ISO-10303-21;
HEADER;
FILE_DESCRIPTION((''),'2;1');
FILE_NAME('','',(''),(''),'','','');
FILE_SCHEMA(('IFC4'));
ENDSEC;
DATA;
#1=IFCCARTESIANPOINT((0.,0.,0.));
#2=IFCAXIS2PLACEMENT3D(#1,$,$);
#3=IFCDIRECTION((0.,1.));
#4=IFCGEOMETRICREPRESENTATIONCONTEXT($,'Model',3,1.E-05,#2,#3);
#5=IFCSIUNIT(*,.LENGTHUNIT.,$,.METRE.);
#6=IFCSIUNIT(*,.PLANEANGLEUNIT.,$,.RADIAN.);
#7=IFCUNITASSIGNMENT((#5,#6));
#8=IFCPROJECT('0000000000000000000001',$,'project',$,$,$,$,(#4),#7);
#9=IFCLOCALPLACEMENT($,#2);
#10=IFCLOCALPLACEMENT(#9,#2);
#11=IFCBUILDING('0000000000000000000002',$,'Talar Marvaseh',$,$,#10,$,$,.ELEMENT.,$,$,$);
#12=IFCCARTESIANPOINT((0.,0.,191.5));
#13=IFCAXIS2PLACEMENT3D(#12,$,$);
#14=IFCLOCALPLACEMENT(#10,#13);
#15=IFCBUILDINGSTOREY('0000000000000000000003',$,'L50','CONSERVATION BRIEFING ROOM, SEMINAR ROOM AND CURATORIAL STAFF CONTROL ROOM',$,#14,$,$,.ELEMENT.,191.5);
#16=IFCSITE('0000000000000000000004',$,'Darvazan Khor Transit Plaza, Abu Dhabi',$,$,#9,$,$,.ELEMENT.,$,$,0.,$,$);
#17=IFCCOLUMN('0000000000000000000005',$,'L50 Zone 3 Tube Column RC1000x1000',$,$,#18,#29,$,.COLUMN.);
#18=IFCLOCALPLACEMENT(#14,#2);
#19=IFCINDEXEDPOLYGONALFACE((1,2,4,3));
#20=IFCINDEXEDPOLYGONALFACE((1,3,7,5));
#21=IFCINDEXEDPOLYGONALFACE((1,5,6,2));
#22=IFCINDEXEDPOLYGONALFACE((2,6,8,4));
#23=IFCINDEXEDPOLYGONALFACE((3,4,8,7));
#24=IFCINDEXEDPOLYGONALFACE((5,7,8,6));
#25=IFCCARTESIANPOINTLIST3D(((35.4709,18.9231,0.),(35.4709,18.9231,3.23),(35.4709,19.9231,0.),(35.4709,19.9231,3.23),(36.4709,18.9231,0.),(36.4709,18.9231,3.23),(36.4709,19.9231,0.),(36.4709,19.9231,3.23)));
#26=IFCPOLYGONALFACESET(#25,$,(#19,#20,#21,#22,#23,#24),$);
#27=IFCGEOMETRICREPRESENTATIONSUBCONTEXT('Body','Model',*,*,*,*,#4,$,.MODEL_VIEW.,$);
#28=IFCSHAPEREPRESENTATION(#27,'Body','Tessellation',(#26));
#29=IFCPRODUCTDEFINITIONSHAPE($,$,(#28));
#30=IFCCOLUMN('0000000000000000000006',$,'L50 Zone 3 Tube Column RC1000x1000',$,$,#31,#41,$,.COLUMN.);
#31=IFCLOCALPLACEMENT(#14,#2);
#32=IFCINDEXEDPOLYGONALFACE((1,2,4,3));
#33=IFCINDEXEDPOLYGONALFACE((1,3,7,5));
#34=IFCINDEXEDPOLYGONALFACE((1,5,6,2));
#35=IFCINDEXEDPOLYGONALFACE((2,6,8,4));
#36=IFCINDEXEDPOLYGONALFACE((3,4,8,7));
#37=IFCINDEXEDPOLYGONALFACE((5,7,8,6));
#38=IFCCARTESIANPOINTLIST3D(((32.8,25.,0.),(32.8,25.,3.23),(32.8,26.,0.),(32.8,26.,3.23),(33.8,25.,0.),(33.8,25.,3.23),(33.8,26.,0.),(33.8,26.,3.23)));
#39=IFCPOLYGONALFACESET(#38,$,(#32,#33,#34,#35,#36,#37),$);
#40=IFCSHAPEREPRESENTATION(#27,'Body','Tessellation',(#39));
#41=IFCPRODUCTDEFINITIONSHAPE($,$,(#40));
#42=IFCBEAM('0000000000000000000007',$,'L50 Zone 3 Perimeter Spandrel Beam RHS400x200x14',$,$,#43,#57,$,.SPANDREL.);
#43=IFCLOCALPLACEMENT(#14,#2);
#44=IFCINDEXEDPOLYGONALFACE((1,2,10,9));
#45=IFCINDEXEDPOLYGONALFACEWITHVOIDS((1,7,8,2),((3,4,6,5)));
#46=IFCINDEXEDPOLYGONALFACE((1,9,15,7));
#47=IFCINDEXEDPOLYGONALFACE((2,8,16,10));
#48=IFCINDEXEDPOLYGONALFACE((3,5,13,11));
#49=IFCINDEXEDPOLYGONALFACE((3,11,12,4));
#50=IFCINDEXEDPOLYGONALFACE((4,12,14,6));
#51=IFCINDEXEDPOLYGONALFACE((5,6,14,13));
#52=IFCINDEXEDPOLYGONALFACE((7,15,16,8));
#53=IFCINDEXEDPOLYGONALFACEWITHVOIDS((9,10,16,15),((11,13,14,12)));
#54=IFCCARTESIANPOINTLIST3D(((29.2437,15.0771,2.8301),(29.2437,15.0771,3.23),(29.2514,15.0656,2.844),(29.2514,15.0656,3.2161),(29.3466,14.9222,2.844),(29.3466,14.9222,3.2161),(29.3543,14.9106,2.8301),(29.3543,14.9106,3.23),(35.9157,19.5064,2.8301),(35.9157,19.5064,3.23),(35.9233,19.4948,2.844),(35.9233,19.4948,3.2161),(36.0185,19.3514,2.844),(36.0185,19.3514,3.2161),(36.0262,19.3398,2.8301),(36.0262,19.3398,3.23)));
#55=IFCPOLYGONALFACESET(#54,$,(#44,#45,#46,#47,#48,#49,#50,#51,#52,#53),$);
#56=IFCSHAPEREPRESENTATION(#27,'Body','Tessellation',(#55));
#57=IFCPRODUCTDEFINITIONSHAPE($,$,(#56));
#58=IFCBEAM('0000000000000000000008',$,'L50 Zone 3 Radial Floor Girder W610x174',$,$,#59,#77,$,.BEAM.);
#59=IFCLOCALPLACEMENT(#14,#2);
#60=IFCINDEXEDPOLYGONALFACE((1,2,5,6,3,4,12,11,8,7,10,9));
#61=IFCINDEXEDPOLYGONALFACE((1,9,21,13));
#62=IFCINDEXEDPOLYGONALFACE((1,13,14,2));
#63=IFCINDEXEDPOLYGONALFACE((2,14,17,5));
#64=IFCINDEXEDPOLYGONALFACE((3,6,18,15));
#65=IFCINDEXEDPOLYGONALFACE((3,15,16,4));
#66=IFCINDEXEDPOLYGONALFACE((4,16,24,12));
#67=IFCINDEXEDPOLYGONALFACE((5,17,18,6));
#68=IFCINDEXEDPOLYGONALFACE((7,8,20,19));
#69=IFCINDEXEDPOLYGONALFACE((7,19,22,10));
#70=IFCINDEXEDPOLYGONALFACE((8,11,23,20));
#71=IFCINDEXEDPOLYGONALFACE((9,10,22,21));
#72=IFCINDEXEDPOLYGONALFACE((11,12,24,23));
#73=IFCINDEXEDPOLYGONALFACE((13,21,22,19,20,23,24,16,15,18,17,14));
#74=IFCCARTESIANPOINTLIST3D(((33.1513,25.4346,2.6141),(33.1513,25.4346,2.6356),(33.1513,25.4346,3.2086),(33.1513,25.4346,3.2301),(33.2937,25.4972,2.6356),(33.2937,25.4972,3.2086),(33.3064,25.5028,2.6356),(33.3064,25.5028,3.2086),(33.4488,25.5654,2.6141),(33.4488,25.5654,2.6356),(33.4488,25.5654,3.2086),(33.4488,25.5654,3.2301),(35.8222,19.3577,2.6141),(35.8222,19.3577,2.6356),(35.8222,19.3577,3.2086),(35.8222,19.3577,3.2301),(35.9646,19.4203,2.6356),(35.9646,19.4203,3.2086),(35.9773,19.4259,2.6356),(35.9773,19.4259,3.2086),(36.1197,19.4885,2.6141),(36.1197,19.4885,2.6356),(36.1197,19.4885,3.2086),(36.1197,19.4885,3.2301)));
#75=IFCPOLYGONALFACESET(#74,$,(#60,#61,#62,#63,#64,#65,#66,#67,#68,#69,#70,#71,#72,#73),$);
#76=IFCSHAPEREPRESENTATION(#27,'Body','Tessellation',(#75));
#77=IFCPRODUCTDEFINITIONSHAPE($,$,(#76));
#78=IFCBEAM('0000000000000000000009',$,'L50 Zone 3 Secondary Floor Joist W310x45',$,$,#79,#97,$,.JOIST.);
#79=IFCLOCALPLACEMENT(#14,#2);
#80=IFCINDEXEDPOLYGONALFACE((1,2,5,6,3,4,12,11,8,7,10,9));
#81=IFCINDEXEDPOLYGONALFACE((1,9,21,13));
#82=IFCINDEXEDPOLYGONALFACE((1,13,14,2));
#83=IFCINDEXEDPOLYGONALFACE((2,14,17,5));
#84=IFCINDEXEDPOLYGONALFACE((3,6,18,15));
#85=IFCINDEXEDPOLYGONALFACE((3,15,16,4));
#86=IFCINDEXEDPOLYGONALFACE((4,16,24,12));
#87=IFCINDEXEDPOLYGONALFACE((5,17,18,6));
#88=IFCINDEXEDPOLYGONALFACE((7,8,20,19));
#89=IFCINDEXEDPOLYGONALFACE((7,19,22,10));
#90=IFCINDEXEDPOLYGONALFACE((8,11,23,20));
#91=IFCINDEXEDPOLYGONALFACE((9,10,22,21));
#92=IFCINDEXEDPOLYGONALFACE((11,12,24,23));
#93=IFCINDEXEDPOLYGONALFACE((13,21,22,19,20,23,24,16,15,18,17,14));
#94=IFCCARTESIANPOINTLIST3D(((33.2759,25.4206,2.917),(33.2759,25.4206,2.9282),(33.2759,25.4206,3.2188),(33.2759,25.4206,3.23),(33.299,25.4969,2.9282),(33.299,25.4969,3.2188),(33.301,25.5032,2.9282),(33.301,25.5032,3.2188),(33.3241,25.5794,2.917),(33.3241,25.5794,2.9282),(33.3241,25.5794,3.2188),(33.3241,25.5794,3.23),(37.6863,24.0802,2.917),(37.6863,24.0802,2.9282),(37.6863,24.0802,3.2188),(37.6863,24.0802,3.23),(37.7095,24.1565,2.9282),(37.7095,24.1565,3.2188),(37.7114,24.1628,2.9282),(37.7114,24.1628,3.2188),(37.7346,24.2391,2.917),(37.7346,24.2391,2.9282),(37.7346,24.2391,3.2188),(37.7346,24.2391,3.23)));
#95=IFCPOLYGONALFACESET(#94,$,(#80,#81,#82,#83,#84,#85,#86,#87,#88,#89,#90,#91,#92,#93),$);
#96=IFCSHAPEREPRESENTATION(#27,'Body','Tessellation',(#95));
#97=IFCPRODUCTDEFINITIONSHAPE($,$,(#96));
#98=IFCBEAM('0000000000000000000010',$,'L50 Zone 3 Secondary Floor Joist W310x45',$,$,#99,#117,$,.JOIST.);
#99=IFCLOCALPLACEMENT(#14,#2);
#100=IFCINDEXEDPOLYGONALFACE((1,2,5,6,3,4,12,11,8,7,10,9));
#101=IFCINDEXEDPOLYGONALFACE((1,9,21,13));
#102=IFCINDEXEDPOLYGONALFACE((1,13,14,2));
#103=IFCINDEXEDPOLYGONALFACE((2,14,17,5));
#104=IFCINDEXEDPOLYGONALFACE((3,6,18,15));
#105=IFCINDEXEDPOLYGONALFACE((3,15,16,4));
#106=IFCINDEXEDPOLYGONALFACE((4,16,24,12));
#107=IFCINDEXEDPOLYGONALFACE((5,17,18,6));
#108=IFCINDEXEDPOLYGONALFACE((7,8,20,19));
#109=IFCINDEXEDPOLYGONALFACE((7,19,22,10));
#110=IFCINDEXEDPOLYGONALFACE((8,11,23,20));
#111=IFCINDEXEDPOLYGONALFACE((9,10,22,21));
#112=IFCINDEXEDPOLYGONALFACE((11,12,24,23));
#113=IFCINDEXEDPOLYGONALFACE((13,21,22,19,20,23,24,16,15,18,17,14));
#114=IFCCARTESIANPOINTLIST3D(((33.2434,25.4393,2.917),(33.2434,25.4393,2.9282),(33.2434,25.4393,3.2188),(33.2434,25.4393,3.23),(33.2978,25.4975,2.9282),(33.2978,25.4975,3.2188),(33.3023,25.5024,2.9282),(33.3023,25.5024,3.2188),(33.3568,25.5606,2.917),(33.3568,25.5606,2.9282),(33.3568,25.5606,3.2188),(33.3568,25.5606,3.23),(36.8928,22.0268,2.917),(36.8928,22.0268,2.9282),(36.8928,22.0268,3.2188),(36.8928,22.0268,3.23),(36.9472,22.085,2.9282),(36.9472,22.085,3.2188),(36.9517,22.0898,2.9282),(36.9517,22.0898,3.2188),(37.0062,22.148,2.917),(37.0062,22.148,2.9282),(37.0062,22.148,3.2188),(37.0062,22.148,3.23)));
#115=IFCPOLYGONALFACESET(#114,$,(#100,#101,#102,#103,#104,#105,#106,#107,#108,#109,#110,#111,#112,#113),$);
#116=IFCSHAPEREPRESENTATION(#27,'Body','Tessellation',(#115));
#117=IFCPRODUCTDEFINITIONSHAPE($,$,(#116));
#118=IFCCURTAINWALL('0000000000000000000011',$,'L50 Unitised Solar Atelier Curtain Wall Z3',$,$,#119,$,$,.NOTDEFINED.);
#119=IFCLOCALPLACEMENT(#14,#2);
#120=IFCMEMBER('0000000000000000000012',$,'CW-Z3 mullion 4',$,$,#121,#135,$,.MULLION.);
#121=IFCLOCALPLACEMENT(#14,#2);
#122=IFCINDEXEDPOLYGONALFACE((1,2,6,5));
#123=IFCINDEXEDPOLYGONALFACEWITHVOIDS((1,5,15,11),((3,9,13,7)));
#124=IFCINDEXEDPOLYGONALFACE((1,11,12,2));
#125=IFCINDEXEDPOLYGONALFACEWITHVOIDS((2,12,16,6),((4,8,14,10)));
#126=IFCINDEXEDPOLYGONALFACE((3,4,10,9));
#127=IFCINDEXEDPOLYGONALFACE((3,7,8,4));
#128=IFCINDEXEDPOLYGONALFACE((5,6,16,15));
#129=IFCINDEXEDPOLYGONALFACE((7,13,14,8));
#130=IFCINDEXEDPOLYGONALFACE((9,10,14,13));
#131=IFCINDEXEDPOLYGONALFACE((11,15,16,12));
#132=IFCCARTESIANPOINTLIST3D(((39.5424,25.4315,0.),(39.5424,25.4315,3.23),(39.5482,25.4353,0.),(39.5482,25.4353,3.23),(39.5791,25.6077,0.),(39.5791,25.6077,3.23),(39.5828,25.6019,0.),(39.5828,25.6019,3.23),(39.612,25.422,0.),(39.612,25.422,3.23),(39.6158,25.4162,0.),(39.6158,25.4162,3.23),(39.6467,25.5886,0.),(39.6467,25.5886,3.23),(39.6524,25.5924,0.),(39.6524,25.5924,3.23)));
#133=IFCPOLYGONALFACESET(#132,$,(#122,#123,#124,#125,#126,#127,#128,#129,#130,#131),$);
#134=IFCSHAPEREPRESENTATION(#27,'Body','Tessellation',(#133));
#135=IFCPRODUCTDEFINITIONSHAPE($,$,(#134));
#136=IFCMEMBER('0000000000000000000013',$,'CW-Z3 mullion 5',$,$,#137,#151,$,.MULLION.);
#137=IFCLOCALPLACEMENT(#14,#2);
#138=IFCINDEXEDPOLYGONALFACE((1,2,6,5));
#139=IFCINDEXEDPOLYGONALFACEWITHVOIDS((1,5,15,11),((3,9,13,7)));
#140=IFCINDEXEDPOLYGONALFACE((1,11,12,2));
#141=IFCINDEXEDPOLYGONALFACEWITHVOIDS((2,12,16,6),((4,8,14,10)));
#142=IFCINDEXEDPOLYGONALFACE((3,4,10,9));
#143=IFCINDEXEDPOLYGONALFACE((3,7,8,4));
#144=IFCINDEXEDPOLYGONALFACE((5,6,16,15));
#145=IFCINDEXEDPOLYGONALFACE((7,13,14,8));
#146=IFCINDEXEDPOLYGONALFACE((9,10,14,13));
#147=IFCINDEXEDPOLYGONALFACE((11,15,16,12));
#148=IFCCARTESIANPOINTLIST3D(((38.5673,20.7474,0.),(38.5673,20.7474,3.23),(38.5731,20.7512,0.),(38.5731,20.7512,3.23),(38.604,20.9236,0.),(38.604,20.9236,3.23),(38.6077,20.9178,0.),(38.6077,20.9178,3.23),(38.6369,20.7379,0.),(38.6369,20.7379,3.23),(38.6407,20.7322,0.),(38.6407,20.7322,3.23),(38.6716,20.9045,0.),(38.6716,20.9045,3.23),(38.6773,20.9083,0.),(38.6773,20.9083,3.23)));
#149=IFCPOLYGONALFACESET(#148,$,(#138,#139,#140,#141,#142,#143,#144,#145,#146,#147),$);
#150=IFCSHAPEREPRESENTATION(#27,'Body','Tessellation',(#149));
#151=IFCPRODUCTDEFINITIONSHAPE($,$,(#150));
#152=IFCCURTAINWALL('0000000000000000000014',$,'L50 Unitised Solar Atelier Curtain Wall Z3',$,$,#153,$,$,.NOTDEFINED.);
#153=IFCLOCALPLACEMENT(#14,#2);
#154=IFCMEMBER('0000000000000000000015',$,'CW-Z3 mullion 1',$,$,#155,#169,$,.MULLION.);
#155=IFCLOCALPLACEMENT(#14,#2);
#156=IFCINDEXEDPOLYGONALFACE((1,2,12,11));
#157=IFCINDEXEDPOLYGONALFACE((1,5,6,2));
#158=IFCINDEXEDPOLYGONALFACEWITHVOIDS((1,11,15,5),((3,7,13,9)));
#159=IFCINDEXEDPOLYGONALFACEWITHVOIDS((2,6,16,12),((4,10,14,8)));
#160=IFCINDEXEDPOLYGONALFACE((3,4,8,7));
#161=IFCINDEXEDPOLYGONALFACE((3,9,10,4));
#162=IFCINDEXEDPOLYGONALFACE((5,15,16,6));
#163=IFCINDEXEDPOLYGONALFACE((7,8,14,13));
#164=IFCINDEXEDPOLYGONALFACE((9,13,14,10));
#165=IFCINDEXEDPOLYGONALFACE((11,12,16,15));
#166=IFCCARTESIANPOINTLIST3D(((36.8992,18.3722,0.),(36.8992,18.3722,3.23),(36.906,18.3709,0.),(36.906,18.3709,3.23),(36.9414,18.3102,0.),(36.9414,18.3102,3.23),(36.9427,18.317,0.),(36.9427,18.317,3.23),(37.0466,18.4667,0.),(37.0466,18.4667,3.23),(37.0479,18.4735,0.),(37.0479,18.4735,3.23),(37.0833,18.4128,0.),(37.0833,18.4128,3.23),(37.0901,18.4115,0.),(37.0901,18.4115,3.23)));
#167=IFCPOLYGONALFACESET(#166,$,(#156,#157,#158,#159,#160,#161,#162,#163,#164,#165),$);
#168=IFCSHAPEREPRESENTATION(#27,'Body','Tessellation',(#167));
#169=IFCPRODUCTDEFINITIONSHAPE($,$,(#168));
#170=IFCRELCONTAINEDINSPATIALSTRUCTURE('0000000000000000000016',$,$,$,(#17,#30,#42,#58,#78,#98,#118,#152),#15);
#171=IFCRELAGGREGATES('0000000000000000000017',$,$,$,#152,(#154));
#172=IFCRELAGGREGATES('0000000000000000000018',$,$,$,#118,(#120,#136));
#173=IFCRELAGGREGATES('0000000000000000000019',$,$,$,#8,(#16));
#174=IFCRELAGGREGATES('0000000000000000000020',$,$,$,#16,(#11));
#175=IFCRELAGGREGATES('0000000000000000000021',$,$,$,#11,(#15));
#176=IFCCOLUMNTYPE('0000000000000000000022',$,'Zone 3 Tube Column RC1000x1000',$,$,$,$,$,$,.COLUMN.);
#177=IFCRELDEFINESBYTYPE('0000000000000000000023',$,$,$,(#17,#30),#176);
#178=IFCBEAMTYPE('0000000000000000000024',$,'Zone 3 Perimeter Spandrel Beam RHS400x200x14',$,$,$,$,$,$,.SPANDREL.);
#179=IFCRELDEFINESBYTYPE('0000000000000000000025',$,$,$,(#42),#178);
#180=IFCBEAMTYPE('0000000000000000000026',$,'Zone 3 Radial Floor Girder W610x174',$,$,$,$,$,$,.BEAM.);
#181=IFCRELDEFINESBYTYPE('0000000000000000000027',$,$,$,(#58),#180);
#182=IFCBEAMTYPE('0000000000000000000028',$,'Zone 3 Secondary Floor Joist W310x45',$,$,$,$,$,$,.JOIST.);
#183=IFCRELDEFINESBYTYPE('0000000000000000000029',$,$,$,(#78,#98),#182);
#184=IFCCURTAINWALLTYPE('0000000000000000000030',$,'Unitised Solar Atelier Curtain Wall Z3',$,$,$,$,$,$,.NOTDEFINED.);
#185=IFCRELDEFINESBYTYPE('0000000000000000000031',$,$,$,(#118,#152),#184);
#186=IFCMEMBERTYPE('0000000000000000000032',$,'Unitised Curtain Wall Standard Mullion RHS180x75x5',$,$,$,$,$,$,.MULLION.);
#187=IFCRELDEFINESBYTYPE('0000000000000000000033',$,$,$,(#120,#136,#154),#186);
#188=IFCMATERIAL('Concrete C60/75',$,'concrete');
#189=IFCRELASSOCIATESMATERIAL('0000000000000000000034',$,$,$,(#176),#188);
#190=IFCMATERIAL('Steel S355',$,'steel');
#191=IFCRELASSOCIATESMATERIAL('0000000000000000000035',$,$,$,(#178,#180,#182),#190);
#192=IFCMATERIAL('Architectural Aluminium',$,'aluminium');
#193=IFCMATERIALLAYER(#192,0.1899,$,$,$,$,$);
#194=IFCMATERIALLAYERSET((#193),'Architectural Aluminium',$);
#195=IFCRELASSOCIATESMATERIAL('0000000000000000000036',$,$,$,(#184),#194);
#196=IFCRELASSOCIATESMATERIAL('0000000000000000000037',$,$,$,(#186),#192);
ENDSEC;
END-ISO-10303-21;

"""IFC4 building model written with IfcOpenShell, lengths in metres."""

from ifc_helpers import new_model, si_unit, direction, frame, origin, origin_2d, place, context, subcontext, project, spatial, rectangle, hollow_rectangle, i_section, extrude, source, transform, mapped, material, layer, layer_set, material_profile, profile_set, type_object, type_shapes, element, aggregate, save


model = new_model("IFC4")

# Units and contexts
model_context = context("Model", 3, precision=1e-05, world=origin(), true_north=direction((0.0, 1.0)))
body_context = subcontext(model_context, "Body", "Model", "MODEL_VIEW")
ifc_project = project(units=[si_unit("LENGTHUNIT", "METRE"), si_unit("PLANEANGLEUNIT", "RADIAN")], contexts=[model_context])

# Site, building, storey
site_placement = place(None, origin())
site = spatial("IfcSite", under=ifc_project, at=site_placement, Name="Darvazan Khor Transit Plaza, Abu Dhabi", CompositionType="ELEMENT", RefElevation=0.0)
building_placement = place(site_placement, origin())
building = spatial("IfcBuilding", under=site, at=building_placement, Name="Talar Marvaseh", CompositionType="ELEMENT")
storey_placement = place(building_placement, frame((0.0, 0.0, 191.5)))
storey = spatial("IfcBuildingStorey", under=building, at=storey_placement, Name="L50", Description="CONSERVATION BRIEFING ROOM, SEMINAR ROOM AND CURATORIAL STAFF CONTROL ROOM", CompositionType="ELEMENT", Elevation=191.5)

# Columns
ifc_material_1 = material(Name="Concrete C60/75", Category="concrete")
ifc_material_profile_1 = material_profile(ifc_material_1, rectangle(XDim=1.0, YDim=1.0, at=origin_2d()), Name="RC1000x1000")
ifc_profile_set_1 = profile_set([ifc_material_profile_1], Name="Concrete C60/75")
column_type = type_object("IfcColumnType", Name="Zone 3 Tube Column RC1000x1000", PredefinedType="COLUMN", material=ifc_profile_set_1)
for number, where, z_axis, x_axis, name in (
    (1, (35.9709, 19.4231, 0.0), (0.0, 0.0, 1.0), (1.0, 0.0, 0.0), "L50 Zone 3 Tube Column RC1000x1000"),
    (2, (33.3, 25.5, 0.0), (0.0, 0.0, 1.0), (1.0, 0.0, 0.0), "L50 Zone 3 Tube Column RC1000x1000"),
):
    element("IfcColumn", number, at=place(storey_placement, frame(where, z_axis=z_axis, x_axis=x_axis)), inside=storey, type_object=column_type, Name=name, PredefinedType="COLUMN", context=body_context, shape_type="SweptSolid", body=[
        extrude(rectangle(XDim=1.0, YDim=1.0, at=origin_2d()), origin(), (0.0, 0.0, 1.0), 3.23),
    ])

# Beams
ifc_material_2 = material(Name="Steel S355", Category="steel")
ifc_material_profile_2 = material_profile(ifc_material_2, hollow_rectangle(XDim=0.2, YDim=0.3999, WallThickness=0.0139, at=origin_2d()), Name="RHS400x200x14")
ifc_profile_set_2 = profile_set([ifc_material_profile_2], Name="Steel S355")
beam_type_1 = type_object("IfcBeamType", Name="Zone 3 Perimeter Spandrel Beam RHS400x200x14", PredefinedType="SPANDREL", material=ifc_profile_set_2)
beam_1_placement = place(storey_placement, frame((35.9709, 19.4231, 3.03), z_axis=(-0.833127, -0.553081, 0.0), x_axis=(0.553081, -0.833127, 0.0)))
element("IfcBeam", 3, at=beam_1_placement, inside=storey, type_object=beam_type_1, Name="L50 Zone 3 Perimeter Spandrel Beam RHS400x200x14", PredefinedType="SPANDREL", context=body_context, shape_type="SweptSolid", body=[
    extrude(hollow_rectangle(XDim=0.2, YDim=0.3999, WallThickness=0.0139, at=origin_2d()), origin(), (0.0, 0.0, 1.0), 8.0083),
])
ifc_material_profile_3 = material_profile(ifc_material_2, i_section(OverallWidth=0.325, OverallDepth=0.616, WebThickness=0.0139, FlangeThickness=0.0215, at=origin_2d()), Name="W610x174")
ifc_profile_set_3 = profile_set([ifc_material_profile_3], Name="Steel S355")
beam_type_2 = type_object("IfcBeamType", Name="Zone 3 Radial Floor Girder W610x174", PredefinedType="BEAM", material=ifc_profile_set_3)
beam_2_placement = place(storey_placement, frame((35.9709, 19.4231, 2.9221), z_axis=(-0.402368, 0.915478, 0.0), x_axis=(-0.915478, -0.402368, 0.0)))
element("IfcBeam", 4, at=beam_2_placement, inside=storey, type_object=beam_type_2, Name="L50 Zone 3 Radial Floor Girder W610x174", PredefinedType="BEAM", context=body_context, shape_type="SweptSolid", body=[
    extrude(i_section(OverallWidth=0.325, OverallDepth=0.616, WebThickness=0.0139, FlangeThickness=0.0215, at=origin_2d()), origin(), (0.0, 0.0, 1.0), 6.6379),
])
ifc_material_profile_4 = material_profile(ifc_material_2, i_section(OverallWidth=0.166, OverallDepth=0.313, WebThickness=0.0066, FlangeThickness=0.0112, at=origin_2d()), Name="W310x45")
ifc_profile_set_4 = profile_set([ifc_material_profile_4], Name="Steel S355")
beam_type_3 = type_object("IfcBeamType", Name="Zone 3 Secondary Floor Joist W310x45", PredefinedType="JOIST", material=ifc_profile_set_4)
beam_3_placement = place(storey_placement, frame((37.7104, 24.1597, 3.0735), z_axis=(-0.956792, 0.290772, 0.0), x_axis=(-0.290772, -0.956792, 0.0)))
element("IfcBeam", 5, at=beam_3_placement, inside=storey, type_object=beam_type_3, Name="L50 Zone 3 Secondary Floor Joist W310x45", PredefinedType="JOIST", context=body_context, shape_type="SweptSolid", body=[
    extrude(i_section(OverallWidth=0.166, OverallDepth=0.313, WebThickness=0.0066, FlangeThickness=0.0112, at=origin_2d()), origin(), (0.0, 0.0, 1.0), 4.6096),
])
beam_4_placement = place(storey_placement, frame((36.9495, 22.0874, 3.0735), z_axis=(-0.730408, 0.683011, 0.0), x_axis=(-0.683011, -0.730408, 0.0)))
element("IfcBeam", 6, at=beam_4_placement, inside=storey, type_object=beam_type_3, Name="L50 Zone 3 Secondary Floor Joist W310x45", PredefinedType="JOIST", context=body_context, shape_type="SweptSolid", body=[
    extrude(i_section(OverallWidth=0.166, OverallDepth=0.313, WebThickness=0.0066, FlangeThickness=0.0112, at=origin_2d()), origin(), (0.0, 0.0, 1.0), 4.9963),
])

# Curtain wall, members
ifc_material_3 = material(Name="Architectural Aluminium", Category="aluminium")
ifc_layer_1 = layer(ifc_material_3, 0.1899)
ifc_layer_set_1 = layer_set([ifc_layer_1], Name="Architectural Aluminium")
curtain_wall_type = type_object("IfcCurtainWallType", Name="Unitised Solar Atelier Curtain Wall Z3", PredefinedType="NOTDEFINED", material=ifc_layer_set_1)
curtain_wall_1_placement = place(storey_placement, origin())
curtain_wall_1 = element("IfcCurtainWall", 7, at=curtain_wall_1_placement, inside=storey, type_object=curtain_wall_type, Name="L50 Unitised Solar Atelier Curtain Wall Z3", PredefinedType="NOTDEFINED")
ifc_material_profile_5 = material_profile(ifc_material_3, hollow_rectangle(XDim=0.075, YDim=0.1799, WallThickness=0.0049, at=origin_2d()), Name="RHS180x75x5")
ifc_profile_set_5 = profile_set([ifc_material_profile_5], Name="Architectural Aluminium")
member_type_1 = type_object("IfcMemberType", Name="Unitised Curtain Wall Standard Mullion RHS180x75x5", PredefinedType="MULLION", material=ifc_profile_set_5)
shared_shape_1 = source(origin(), body_context, "Body", "SweptSolid", [
    extrude(hollow_rectangle(XDim=0.075, YDim=0.1799, WallThickness=0.0049, at=origin_2d()), origin(), (0.0, 0.0, 1.0), 3.23),
])
type_shapes(member_type_1, [shared_shape_1])
member_1_placement = place(storey_placement, frame((39.5974, 25.512, 0.0), z_axis=(0.0, 0.0, 1.0), x_axis=(0.979014, -0.203793, 0.0)))
member_1 = element("IfcMember", 8, at=member_1_placement, type_object=member_type_1, Name="CW-Z3 mullion 4", PredefinedType="MULLION", context=body_context, shape_type="MappedRepresentation", body=[
    mapped(shared_shape_1, transform((0.0, 0.0, 0.0), x_axis=(1.0, 0.0, 0.0), y_axis=(0.0, 1.0, 0.0), z_axis=(0.0, 0.0, 1.0), scale=1.0)),
])
member_2_placement = place(storey_placement, frame((38.6223, 20.8279, 0.0), z_axis=(0.0, 0.0, 1.0), x_axis=(0.979014, -0.203793, 0.0)))
member_2 = element("IfcMember", 9, at=member_2_placement, type_object=member_type_1, Name="CW-Z3 mullion 5", PredefinedType="MULLION", context=body_context, shape_type="MappedRepresentation", body=[
    mapped(shared_shape_1, transform((0.0, 0.0, 0.0), x_axis=(1.0, 0.0, 0.0), y_axis=(0.0, 1.0, 0.0), z_axis=(0.0, 0.0, 1.0), scale=1.0)),
])

# Curtain wall, member
curtain_wall_2_placement = place(storey_placement, origin())
curtain_wall_2 = element("IfcCurtainWall", 10, at=curtain_wall_2_placement, inside=storey, type_object=curtain_wall_type, Name="L50 Unitised Solar Atelier Curtain Wall Z3", PredefinedType="NOTDEFINED")
member_3_placement = place(storey_placement, frame((36.9946, 18.3918, 0.0), z_axis=(0.0, 0.0, 1.0), x_axis=(0.562932, -0.826503, 0.0)))
member_3 = element("IfcMember", 11, at=member_3_placement, type_object=member_type_1, Name="CW-Z3 mullion 1", PredefinedType="MULLION", context=body_context, shape_type="MappedRepresentation", body=[
    mapped(shared_shape_1, transform((0.0, 0.0, 0.0), x_axis=(1.0, 0.0, 0.0), y_axis=(0.0, 1.0, 0.0), z_axis=(0.0, 0.0, 1.0), scale=1.0)),
])
aggregate(curtain_wall_2, [member_3])

aggregate(curtain_wall_1, [member_1, member_2])

save(model, "model.ifc")
